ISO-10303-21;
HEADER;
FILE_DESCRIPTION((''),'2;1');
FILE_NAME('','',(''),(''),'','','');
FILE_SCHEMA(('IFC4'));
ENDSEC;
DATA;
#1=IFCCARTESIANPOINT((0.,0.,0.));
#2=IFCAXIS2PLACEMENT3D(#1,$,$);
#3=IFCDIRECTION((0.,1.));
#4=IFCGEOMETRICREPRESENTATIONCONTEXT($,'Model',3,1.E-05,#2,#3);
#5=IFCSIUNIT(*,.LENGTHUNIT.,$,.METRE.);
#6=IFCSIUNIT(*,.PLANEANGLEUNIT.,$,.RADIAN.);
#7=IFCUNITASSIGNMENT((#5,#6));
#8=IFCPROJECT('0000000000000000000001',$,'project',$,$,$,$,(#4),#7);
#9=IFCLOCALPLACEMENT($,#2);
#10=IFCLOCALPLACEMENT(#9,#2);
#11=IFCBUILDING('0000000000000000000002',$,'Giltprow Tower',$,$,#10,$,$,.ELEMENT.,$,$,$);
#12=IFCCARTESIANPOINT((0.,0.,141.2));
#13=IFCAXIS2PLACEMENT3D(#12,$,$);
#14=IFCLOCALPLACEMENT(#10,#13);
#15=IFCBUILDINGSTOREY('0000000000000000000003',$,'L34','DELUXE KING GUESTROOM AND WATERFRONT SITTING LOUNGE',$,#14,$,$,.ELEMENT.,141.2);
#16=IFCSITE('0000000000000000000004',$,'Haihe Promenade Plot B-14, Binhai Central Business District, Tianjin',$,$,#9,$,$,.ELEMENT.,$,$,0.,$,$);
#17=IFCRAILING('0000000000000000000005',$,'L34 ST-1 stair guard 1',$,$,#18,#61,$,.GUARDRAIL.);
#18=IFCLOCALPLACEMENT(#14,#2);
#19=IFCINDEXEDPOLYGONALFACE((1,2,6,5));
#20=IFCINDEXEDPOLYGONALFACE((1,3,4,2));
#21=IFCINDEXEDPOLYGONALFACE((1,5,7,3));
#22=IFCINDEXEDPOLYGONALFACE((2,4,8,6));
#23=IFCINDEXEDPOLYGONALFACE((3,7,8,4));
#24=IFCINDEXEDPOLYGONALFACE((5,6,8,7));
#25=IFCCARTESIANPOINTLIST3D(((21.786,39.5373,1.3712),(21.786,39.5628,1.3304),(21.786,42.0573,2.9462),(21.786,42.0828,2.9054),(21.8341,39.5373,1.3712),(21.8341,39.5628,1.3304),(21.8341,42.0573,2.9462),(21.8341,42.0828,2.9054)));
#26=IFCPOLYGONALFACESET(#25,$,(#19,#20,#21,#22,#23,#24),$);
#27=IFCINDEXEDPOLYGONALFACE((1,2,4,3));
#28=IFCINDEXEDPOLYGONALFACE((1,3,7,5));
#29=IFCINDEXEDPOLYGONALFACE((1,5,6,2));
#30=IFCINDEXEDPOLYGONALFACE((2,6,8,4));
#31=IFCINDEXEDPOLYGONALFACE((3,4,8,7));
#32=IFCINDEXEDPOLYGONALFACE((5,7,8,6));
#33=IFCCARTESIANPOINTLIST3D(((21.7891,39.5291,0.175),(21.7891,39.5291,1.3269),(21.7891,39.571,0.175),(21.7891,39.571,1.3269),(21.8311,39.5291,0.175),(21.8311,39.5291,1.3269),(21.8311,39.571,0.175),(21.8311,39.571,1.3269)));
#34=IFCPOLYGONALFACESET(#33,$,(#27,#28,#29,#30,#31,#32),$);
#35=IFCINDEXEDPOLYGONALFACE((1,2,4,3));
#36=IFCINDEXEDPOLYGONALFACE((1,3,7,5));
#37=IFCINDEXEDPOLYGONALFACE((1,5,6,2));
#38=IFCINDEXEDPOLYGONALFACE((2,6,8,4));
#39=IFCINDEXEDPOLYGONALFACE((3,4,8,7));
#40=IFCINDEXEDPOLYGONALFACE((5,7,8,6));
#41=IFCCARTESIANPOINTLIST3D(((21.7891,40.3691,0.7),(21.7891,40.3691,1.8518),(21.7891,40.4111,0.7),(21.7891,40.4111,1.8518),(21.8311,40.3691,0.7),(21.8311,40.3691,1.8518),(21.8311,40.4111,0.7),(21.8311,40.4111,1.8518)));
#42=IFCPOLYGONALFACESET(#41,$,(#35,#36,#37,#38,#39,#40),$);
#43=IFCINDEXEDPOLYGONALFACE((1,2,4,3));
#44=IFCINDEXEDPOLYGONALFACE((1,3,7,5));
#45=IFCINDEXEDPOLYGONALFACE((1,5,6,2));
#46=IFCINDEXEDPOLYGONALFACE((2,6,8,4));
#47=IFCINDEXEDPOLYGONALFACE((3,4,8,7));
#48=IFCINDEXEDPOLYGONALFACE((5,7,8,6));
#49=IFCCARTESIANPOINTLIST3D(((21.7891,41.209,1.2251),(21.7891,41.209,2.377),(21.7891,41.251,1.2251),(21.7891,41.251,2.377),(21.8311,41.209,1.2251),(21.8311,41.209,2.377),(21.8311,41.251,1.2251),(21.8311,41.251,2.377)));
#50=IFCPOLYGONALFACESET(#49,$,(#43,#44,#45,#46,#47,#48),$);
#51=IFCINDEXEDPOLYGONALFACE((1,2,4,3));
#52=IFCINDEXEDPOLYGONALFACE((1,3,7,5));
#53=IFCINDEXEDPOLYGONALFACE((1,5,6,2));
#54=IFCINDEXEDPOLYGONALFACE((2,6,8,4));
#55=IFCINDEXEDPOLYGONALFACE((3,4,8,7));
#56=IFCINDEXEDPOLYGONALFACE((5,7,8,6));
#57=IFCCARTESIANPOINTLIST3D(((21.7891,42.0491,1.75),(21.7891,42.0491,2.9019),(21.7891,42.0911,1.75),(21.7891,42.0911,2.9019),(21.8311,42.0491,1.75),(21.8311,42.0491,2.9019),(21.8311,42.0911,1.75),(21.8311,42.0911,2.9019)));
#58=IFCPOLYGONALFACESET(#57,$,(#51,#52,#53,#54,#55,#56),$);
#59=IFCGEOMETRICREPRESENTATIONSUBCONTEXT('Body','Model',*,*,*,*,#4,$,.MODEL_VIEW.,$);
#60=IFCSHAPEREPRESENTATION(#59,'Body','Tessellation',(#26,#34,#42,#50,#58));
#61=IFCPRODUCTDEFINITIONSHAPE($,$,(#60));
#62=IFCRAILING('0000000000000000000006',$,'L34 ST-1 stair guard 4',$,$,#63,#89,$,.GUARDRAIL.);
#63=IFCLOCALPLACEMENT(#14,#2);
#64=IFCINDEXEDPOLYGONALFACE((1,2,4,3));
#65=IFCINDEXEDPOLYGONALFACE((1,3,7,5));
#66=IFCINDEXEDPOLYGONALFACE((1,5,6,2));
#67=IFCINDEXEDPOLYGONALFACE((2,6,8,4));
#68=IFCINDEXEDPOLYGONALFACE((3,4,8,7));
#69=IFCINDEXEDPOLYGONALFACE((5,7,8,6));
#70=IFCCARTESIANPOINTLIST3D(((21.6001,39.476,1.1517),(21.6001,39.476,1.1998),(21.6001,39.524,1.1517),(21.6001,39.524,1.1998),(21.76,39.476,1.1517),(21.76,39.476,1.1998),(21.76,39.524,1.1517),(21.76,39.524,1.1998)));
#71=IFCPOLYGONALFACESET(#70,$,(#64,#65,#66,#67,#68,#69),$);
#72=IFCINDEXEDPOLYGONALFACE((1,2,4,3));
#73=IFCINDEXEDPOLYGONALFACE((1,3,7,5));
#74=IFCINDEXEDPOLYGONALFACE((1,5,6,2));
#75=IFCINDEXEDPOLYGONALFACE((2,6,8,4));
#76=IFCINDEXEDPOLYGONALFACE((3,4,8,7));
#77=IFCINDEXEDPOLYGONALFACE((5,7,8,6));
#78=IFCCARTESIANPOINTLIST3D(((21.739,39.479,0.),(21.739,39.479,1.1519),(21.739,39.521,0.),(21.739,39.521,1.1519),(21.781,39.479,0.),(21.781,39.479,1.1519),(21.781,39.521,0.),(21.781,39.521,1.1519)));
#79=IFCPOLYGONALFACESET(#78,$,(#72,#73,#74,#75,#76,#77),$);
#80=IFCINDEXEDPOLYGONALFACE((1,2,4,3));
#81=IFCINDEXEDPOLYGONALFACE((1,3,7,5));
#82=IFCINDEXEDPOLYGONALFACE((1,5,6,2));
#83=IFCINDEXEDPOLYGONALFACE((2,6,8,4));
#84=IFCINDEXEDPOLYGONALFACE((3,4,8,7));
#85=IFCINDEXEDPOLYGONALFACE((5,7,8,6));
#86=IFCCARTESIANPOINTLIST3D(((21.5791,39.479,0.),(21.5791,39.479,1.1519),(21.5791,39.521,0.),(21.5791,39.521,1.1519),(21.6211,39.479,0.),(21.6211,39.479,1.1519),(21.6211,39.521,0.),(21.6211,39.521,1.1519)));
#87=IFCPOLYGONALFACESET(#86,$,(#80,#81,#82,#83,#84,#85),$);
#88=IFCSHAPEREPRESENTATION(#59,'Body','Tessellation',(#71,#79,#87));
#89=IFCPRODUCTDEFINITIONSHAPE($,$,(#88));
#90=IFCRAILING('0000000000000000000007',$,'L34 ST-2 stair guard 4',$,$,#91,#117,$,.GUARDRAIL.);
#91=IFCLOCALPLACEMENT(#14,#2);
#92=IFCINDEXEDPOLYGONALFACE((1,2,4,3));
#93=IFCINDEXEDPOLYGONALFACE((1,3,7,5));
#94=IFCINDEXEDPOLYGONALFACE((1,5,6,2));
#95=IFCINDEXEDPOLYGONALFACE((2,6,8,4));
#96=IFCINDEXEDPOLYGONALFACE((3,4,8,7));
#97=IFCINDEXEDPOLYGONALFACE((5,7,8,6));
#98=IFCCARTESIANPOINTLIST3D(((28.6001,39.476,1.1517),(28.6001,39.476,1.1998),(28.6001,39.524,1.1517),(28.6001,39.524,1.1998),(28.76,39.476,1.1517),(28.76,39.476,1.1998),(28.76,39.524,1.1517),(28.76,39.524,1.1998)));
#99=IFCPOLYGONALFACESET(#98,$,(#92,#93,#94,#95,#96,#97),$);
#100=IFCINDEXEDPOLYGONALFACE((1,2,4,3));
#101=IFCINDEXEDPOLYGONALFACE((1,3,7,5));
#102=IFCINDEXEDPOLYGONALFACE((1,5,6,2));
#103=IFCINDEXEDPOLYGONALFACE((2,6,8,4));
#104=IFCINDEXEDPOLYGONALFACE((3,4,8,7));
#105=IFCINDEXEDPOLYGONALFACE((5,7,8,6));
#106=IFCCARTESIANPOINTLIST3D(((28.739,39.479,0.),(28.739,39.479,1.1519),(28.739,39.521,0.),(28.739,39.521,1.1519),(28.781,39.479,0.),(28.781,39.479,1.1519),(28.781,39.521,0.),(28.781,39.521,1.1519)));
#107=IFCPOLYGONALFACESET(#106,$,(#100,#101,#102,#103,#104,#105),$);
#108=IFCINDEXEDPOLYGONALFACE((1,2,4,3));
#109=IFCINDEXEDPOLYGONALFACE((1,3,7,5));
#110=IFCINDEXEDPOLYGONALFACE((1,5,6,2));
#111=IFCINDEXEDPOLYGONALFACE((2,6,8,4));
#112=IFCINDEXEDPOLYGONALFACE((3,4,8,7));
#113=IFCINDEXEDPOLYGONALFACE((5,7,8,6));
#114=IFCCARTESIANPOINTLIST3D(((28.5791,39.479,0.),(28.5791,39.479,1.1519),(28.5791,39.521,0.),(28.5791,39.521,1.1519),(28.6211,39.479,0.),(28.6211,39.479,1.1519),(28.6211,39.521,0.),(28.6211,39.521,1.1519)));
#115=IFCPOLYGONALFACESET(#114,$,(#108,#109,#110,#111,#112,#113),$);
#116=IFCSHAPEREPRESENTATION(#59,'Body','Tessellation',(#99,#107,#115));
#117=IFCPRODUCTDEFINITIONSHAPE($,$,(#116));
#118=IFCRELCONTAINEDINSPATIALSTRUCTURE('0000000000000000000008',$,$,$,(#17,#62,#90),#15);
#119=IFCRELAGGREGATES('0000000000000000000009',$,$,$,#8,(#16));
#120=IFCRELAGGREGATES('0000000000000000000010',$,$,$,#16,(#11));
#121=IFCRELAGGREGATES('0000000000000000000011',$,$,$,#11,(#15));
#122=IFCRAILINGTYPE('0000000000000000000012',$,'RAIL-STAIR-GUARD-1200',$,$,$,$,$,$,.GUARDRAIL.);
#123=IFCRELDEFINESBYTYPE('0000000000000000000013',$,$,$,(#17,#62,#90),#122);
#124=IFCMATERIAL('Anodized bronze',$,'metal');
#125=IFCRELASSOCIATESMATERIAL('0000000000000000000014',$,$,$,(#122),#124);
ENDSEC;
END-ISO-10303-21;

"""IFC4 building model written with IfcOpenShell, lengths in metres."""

from ifc_helpers import new_model, si_unit, direction, frame, origin, origin_2d, place, context, subcontext, project, spatial, rectangle, extrude, material, type_object, element, save


model = new_model("IFC4")

# Units and contexts
model_context = context("Model", 3, precision=1e-05, world=origin(), true_north=direction((0.0, 1.0)))
body_context = subcontext(model_context, "Body", "Model", "MODEL_VIEW")
ifc_project = project(units=[si_unit("LENGTHUNIT", "METRE"), si_unit("PLANEANGLEUNIT", "RADIAN")], contexts=[model_context])

# Site, building, storey
site_placement = place(None, origin())
site = spatial("IfcSite", under=ifc_project, at=site_placement, Name="Haihe Promenade Plot B-14, Binhai Central Business District, Tianjin", CompositionType="ELEMENT", RefElevation=0.0)
building_placement = place(site_placement, origin())
building = spatial("IfcBuilding", under=site, at=building_placement, Name="Giltprow Tower", CompositionType="ELEMENT")
storey_placement = place(building_placement, frame((0.0, 0.0, 141.2)))
storey = spatial("IfcBuildingStorey", under=building, at=storey_placement, Name="L34", Description="DELUXE KING GUESTROOM AND WATERFRONT SITTING LOUNGE", CompositionType="ELEMENT", Elevation=141.2)

# Railings
ifc_material_1 = material(Name="Anodized bronze", Category="metal")
railing_type = type_object("IfcRailingType", Name="RAIL-STAIR-GUARD-1200", PredefinedType="GUARDRAIL", material=ifc_material_1)
railing_placement = place(storey_placement, frame((21.8101, 39.55, 0.175)))
element("IfcRailing", 1, at=railing_placement, inside=storey, type_object=railing_type, Name="L34 ST-1 stair guard 1", PredefinedType="GUARDRAIL", context=body_context, shape_type="SweptSolid", body=[
    extrude(rectangle(XDim=0.0481, YDim=0.0481, at=origin_2d()), frame((0.0, 0.0, 1.1758), z_axis=(0.0, 0.848008, 0.529984), x_axis=(-1.0, 0.0, 0.0)), (0.0, 0.0, 1.0), 2.9717),
    extrude(rectangle(XDim=0.042, YDim=0.042, at=origin_2d()), origin(), (0.0, 0.0, 1.0), 1.1519),
    extrude(rectangle(XDim=0.042, YDim=0.042, at=origin_2d()), frame((0.0, 0.8401, 0.5249)), (0.0, 0.0, 1.0), 1.1519),
    extrude(rectangle(XDim=0.042, YDim=0.042, at=origin_2d()), frame((0.0, 1.6799, 1.05)), (0.0, 0.0, 1.0), 1.1519),
    extrude(rectangle(XDim=0.042, YDim=0.042, at=origin_2d()), frame((0.0, 2.52, 1.575)), (0.0, 0.0, 1.0), 1.1519),
])
for number, where, name in (
    (2, (21.76, 39.5, 0.0), "L34 ST-1 stair guard 4"),
    (3, (28.76, 39.5, 0.0), "L34 ST-2 stair guard 4"),
):
    element("IfcRailing", number, at=place(storey_placement, frame(where)), inside=storey, type_object=railing_type, Name=name, PredefinedType="GUARDRAIL", context=body_context, shape_type="SweptSolid", body=[
        extrude(rectangle(XDim=0.0481, YDim=0.0481, at=origin_2d()), frame((0.0, 0.0, 1.1758), z_axis=(-1.0, 0.0, 0.0), x_axis=(0.0, -1.0, 0.0)), (0.0, 0.0, 1.0), 0.1599),
        extrude(rectangle(XDim=0.042, YDim=0.042, at=origin_2d()), origin(), (0.0, 0.0, 1.0), 1.1519),
        extrude(rectangle(XDim=0.042, YDim=0.042, at=origin_2d()), frame((-0.1599, 0.0, 0.0)), (0.0, 0.0, 1.0), 1.1519),
    ])

save(model, "model.ifc")
